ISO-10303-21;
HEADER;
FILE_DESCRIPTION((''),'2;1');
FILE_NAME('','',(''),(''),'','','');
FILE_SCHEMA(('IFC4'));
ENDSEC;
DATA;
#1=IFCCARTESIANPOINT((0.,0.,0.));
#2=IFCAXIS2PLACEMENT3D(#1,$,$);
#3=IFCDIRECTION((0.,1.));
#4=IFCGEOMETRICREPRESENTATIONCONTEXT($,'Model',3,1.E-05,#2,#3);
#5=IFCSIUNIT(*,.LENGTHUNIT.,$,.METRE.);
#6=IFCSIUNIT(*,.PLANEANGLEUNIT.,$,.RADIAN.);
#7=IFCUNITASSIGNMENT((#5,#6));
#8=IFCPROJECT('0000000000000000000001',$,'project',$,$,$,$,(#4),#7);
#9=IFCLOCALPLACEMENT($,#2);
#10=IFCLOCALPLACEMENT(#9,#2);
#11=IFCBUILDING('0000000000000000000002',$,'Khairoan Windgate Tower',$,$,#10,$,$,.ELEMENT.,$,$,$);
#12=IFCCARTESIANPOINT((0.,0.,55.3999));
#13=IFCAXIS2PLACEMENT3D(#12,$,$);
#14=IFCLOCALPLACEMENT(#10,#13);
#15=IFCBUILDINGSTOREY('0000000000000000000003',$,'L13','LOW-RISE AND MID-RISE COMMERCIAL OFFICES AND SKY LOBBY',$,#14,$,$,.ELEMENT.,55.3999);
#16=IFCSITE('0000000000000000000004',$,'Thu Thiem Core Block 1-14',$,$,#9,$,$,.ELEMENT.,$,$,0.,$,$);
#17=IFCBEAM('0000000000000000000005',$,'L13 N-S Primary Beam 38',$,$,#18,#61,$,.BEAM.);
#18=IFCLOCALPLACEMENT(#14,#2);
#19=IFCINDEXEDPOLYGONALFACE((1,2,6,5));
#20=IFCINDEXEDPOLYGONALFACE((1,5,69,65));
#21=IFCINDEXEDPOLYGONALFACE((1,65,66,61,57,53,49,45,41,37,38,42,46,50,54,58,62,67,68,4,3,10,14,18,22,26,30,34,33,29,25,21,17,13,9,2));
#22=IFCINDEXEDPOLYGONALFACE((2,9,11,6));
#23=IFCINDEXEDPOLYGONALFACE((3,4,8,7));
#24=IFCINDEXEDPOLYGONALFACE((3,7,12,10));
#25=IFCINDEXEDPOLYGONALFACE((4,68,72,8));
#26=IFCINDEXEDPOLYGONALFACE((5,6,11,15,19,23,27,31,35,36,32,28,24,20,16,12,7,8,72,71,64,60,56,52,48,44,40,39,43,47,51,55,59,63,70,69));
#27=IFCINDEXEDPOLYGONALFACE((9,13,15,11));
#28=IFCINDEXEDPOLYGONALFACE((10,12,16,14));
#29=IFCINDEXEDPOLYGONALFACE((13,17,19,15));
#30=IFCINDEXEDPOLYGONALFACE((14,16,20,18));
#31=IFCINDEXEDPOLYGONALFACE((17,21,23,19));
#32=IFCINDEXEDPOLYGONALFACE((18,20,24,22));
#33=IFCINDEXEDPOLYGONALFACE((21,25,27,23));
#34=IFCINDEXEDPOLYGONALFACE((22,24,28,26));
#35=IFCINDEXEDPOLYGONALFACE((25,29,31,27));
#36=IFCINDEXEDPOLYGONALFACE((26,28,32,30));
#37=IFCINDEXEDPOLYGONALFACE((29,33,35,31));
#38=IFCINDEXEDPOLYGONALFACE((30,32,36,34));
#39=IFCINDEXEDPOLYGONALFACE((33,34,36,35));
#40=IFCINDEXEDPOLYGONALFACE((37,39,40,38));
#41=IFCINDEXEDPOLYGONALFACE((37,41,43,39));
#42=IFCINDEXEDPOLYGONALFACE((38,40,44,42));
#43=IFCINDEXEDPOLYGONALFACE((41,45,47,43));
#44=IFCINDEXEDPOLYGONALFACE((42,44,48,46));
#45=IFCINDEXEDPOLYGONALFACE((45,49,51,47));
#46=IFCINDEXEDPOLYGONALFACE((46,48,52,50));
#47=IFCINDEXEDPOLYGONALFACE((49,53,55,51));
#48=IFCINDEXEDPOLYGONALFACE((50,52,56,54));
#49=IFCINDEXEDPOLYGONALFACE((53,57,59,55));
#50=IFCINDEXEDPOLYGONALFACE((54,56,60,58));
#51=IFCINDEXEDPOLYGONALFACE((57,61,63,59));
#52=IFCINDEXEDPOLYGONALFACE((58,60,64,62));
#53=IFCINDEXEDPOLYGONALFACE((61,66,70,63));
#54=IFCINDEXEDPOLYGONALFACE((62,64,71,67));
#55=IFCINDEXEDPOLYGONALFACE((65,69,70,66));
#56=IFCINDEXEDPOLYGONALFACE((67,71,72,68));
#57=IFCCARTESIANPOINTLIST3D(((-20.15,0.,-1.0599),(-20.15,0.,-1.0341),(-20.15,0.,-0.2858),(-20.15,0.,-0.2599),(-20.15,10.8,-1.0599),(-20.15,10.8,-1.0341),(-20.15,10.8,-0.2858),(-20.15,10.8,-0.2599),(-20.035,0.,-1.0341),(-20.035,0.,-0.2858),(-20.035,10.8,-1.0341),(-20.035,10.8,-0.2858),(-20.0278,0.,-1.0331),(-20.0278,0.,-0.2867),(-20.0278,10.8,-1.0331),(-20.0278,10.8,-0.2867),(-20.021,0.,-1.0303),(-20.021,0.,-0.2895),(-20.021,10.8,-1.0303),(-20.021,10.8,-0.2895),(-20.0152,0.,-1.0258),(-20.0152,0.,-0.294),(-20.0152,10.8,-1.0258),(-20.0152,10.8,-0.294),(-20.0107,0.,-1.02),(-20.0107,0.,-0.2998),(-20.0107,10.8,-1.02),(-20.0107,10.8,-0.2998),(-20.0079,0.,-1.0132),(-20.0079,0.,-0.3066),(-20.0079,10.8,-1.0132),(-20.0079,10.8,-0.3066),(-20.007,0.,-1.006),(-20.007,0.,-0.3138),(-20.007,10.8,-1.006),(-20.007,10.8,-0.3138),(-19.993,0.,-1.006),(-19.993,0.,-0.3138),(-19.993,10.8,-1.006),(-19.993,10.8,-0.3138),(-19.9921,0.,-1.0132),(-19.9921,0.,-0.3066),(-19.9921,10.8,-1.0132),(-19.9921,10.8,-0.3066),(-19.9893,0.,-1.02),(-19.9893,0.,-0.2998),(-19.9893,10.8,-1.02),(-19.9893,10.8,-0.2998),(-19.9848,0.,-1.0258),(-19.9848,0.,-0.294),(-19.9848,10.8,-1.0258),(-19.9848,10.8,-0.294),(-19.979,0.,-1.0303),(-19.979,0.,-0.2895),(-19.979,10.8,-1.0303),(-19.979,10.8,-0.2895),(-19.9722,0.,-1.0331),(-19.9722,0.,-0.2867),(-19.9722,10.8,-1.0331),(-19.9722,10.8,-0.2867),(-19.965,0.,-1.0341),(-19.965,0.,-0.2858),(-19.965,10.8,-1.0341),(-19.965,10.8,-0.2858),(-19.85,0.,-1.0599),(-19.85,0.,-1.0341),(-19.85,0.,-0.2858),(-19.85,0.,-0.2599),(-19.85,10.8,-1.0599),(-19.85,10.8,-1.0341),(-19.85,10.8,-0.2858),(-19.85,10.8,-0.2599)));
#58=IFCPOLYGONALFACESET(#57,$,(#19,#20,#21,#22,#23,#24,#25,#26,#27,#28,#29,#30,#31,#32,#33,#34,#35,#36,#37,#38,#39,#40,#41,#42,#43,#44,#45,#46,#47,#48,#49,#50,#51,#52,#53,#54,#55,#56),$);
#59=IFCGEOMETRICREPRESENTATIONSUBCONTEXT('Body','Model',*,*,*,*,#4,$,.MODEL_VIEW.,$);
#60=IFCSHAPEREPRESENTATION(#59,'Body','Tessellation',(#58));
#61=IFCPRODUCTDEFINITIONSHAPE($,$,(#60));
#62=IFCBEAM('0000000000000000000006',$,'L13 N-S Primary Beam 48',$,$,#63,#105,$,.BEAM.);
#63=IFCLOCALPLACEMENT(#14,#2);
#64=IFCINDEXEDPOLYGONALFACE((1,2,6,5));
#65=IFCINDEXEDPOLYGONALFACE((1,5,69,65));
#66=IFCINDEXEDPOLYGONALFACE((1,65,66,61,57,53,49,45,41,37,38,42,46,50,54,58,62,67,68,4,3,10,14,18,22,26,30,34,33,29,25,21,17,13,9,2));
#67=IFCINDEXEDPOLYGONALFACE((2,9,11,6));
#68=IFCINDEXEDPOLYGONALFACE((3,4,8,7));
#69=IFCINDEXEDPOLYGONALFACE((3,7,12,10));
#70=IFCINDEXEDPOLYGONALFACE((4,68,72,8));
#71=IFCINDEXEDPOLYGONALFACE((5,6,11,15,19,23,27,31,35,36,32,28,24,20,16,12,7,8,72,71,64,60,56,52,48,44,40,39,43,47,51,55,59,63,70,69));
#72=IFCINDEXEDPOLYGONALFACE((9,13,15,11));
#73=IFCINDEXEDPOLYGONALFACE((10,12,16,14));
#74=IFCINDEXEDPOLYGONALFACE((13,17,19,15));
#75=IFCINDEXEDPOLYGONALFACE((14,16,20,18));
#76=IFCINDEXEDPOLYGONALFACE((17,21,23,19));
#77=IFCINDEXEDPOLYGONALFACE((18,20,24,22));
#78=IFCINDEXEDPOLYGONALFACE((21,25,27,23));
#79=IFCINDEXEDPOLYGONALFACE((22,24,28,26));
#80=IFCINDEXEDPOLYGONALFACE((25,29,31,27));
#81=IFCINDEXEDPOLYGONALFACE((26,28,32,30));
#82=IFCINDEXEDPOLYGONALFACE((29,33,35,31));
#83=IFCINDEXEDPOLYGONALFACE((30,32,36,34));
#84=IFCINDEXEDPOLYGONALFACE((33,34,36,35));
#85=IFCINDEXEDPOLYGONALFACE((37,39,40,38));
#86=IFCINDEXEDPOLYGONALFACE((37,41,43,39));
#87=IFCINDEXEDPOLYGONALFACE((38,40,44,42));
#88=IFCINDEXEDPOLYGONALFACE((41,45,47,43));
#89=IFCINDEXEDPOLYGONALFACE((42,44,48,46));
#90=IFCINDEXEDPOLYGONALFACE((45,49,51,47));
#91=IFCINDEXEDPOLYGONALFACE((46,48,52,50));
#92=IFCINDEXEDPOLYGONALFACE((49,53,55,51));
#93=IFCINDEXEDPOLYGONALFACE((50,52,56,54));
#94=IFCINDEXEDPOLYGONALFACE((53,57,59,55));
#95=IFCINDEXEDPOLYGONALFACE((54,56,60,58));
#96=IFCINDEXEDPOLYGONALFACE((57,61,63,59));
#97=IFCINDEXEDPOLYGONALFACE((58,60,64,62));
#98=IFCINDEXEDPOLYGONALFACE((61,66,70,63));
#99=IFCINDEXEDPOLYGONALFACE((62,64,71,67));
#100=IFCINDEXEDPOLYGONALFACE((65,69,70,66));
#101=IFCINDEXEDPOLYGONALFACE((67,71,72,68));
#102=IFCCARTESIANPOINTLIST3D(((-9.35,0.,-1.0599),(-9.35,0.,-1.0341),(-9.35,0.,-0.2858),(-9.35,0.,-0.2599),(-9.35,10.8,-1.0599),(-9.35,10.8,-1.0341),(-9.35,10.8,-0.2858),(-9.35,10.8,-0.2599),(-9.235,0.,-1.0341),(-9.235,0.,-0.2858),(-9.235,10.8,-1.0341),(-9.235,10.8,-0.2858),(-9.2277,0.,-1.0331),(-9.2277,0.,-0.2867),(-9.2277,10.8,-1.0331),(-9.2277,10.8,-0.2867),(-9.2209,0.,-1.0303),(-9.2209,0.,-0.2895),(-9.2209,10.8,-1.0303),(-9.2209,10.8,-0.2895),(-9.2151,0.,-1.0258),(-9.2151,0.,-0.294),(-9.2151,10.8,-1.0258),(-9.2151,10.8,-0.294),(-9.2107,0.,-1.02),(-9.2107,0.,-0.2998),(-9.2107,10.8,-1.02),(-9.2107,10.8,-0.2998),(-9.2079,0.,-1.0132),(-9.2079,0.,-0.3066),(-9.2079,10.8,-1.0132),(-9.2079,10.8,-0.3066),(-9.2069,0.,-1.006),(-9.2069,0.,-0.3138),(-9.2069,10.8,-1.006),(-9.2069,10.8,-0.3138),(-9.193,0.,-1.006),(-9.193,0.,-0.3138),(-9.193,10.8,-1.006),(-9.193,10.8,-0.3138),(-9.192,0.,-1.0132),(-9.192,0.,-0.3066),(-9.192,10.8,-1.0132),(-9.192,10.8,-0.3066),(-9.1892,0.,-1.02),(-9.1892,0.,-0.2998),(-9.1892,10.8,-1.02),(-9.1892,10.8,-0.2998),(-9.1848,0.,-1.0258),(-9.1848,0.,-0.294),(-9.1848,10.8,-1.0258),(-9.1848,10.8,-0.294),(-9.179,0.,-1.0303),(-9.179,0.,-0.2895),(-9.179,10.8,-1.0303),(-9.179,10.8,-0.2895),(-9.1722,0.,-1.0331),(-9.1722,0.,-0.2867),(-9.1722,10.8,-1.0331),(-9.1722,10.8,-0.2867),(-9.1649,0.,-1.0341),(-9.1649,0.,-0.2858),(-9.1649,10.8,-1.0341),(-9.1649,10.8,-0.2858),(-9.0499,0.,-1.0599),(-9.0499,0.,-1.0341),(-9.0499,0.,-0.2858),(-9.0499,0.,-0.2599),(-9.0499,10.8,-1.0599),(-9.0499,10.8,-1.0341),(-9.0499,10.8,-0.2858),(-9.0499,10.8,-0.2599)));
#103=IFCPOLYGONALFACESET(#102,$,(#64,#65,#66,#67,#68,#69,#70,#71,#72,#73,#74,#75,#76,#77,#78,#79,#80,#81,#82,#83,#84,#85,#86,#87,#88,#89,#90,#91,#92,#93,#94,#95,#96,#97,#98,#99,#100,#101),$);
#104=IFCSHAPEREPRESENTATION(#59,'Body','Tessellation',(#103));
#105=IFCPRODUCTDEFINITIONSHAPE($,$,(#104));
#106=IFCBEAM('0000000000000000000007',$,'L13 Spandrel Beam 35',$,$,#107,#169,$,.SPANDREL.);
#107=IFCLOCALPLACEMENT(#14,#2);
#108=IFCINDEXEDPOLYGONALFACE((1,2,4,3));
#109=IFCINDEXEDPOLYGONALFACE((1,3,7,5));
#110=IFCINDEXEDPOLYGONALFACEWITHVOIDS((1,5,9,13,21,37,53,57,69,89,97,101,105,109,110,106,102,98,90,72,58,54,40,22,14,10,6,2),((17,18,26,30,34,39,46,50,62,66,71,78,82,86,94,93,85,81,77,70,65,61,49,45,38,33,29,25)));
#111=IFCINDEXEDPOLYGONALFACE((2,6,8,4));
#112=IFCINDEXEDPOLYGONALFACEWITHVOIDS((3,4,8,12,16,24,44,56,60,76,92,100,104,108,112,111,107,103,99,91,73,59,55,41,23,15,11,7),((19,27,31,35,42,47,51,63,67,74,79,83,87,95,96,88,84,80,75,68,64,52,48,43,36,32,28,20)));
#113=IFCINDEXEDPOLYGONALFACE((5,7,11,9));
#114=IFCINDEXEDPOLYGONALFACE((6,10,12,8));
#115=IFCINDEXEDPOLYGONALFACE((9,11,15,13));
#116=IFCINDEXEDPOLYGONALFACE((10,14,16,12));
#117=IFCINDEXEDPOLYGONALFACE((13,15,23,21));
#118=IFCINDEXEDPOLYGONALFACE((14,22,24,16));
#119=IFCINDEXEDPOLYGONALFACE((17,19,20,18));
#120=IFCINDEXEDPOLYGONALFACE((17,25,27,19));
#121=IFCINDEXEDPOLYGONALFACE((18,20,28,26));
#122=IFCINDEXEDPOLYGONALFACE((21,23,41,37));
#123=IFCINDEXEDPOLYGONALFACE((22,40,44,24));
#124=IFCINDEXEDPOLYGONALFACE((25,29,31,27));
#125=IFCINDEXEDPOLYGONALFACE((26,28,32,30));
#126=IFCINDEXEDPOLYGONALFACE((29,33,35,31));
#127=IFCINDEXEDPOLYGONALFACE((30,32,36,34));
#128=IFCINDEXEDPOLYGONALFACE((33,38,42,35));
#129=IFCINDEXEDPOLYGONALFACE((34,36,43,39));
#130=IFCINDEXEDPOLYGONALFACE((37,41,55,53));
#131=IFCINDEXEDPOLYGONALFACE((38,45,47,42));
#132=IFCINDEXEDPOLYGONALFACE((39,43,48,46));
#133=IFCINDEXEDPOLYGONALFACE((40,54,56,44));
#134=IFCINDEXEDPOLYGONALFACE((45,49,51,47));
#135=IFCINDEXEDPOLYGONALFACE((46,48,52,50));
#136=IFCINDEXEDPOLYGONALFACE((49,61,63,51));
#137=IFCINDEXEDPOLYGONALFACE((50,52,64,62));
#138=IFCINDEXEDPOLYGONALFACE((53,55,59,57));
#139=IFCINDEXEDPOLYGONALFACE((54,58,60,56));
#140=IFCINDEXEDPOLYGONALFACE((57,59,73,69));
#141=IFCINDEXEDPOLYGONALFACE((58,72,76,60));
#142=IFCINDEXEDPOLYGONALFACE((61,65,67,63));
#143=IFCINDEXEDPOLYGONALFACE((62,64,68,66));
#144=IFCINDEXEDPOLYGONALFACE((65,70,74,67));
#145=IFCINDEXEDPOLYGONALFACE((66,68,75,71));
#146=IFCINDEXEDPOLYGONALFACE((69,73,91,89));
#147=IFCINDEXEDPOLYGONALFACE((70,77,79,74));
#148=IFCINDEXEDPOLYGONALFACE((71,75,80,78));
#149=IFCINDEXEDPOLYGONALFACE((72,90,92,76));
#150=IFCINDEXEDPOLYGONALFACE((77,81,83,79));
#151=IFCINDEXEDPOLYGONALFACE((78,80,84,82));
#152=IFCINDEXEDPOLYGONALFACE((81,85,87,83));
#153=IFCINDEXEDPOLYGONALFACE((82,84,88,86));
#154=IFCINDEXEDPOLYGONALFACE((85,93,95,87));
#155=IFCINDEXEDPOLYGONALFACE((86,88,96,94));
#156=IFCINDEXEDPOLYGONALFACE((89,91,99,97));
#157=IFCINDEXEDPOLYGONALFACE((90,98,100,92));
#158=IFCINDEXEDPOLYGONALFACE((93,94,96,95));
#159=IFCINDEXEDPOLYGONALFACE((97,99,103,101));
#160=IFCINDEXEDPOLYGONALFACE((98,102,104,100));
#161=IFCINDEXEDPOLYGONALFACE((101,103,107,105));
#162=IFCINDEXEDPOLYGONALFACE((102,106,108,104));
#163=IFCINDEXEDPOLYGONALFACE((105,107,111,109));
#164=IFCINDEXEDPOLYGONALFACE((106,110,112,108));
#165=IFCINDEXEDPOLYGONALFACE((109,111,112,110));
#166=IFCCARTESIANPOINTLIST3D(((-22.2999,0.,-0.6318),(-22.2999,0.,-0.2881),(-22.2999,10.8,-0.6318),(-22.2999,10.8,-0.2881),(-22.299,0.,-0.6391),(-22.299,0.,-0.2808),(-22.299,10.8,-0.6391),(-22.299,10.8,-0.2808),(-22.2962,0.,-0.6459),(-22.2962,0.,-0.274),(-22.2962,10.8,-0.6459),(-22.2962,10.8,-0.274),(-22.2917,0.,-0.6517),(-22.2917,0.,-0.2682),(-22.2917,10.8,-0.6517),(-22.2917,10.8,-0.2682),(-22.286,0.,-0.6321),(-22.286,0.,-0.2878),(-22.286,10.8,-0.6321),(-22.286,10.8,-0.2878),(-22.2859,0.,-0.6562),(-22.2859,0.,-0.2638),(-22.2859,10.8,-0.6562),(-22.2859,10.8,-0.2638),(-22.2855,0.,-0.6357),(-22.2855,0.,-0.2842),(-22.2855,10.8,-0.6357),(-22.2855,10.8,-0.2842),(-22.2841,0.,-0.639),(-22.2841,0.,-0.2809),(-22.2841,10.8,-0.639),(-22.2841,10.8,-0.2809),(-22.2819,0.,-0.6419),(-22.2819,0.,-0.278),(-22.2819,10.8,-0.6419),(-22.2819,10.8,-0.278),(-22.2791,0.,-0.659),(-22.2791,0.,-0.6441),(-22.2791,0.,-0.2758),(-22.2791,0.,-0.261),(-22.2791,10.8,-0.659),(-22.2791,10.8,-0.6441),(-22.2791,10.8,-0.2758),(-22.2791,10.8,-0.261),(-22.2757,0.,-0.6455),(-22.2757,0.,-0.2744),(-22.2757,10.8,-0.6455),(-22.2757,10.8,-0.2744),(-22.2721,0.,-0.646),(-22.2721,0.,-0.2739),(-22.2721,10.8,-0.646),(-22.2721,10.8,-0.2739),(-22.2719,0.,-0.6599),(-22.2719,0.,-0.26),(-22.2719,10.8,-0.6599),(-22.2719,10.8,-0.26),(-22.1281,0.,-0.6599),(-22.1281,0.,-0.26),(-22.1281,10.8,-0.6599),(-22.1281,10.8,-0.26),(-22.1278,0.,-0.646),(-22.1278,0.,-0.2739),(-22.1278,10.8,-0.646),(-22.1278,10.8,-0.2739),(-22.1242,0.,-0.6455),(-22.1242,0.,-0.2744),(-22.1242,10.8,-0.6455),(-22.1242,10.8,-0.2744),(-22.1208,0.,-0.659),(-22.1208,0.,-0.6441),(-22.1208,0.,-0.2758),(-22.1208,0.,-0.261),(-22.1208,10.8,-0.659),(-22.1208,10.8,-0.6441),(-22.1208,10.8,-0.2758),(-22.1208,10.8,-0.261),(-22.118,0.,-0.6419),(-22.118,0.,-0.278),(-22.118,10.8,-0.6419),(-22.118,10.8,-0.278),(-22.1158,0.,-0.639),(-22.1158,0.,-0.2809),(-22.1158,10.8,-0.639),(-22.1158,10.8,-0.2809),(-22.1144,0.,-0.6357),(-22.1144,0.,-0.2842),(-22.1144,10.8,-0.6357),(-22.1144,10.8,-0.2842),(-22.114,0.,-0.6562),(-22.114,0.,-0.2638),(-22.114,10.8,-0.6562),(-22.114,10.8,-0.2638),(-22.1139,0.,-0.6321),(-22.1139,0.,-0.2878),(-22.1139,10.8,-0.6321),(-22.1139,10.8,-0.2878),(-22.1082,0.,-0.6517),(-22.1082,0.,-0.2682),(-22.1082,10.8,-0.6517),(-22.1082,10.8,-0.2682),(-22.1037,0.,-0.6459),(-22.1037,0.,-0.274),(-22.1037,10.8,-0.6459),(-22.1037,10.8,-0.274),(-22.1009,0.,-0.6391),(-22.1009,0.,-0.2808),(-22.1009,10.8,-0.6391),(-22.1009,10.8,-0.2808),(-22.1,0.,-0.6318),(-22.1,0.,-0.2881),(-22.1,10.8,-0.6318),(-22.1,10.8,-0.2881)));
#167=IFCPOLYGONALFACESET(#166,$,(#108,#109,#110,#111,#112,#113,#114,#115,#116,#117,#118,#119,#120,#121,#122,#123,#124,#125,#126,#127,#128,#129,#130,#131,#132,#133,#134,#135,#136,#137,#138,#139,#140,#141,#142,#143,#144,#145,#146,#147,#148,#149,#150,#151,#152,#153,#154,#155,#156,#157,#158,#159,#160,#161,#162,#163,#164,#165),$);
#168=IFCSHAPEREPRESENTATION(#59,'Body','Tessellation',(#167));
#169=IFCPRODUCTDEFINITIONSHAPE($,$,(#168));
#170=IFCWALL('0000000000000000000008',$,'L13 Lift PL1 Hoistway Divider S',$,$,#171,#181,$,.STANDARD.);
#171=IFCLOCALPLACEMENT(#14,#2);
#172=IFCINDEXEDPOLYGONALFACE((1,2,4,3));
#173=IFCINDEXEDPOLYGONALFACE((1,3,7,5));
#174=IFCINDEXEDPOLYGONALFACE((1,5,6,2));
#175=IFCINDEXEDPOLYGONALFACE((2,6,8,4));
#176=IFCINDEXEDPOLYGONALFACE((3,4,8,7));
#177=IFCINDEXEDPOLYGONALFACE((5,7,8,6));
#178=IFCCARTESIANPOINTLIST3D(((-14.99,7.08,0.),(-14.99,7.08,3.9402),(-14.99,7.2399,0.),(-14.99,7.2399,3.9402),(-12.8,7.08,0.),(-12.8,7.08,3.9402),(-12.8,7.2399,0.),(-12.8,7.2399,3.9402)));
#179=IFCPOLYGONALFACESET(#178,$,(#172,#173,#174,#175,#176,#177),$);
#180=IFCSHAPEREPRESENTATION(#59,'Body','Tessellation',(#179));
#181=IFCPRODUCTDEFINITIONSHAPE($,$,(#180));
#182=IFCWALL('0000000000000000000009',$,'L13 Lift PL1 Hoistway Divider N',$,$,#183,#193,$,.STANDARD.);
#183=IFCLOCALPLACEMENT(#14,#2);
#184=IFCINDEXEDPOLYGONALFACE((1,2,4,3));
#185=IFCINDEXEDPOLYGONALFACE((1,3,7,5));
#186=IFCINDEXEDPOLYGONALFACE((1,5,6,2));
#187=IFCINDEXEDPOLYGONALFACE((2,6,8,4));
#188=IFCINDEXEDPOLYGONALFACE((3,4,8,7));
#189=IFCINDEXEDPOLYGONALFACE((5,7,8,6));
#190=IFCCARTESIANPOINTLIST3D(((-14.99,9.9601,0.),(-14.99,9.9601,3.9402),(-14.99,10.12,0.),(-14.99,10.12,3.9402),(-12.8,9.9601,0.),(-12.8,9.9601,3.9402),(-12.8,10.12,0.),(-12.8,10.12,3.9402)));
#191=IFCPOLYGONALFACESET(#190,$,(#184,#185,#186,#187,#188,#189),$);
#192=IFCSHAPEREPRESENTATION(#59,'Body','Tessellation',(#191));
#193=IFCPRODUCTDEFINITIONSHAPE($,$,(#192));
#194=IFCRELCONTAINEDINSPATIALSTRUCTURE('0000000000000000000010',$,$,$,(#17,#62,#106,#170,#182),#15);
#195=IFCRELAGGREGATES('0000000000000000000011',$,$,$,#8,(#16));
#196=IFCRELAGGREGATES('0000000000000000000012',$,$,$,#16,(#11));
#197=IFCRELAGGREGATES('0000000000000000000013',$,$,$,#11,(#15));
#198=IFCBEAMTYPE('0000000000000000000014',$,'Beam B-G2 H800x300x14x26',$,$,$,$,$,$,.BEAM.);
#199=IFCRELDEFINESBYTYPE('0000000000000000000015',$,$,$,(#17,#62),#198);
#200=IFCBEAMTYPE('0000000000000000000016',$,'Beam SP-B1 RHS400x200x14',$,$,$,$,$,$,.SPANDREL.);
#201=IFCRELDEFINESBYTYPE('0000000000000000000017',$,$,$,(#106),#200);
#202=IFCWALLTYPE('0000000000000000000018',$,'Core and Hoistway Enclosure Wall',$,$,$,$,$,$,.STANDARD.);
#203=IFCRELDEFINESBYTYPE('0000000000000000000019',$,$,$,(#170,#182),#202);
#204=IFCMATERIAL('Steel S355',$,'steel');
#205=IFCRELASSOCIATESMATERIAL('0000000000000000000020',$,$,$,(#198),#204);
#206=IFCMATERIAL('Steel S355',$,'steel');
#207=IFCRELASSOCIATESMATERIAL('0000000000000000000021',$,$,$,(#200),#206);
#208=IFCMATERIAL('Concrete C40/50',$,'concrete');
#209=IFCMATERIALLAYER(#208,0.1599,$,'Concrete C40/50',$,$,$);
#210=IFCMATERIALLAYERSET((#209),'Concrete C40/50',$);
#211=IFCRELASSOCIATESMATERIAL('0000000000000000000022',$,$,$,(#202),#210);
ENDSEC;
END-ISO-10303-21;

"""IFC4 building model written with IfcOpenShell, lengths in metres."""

from ifc_helpers import new_model, si_unit, direction, frame, frame_2d, origin, origin_2d, place, context, subcontext, project, spatial, rectangle, hollow_rectangle, i_section, extrude, material, layer, layer_set, material_profile, profile_set, type_object, element, save


model = new_model("IFC4")

# Units and contexts
model_context = context("Model", 3, precision=1e-05, world=origin(), true_north=direction((0.0, 1.0)))
body_context = subcontext(model_context, "Body", "Model", "MODEL_VIEW")
ifc_project = project(units=[si_unit("LENGTHUNIT", "METRE"), si_unit("PLANEANGLEUNIT", "RADIAN")], contexts=[model_context])

# Site, building, storey
site_placement = place(None, origin())
site = spatial("IfcSite", under=ifc_project, at=site_placement, Name="Thu Thiem Core Block 1-14", CompositionType="ELEMENT", RefElevation=0.0)
building_placement = place(site_placement, origin())
building = spatial("IfcBuilding", under=site, at=building_placement, Name="Khairoan Windgate Tower", CompositionType="ELEMENT")
storey_placement = place(building_placement, frame((0.0, 0.0, 55.3999)))
storey = spatial("IfcBuildingStorey", under=building, at=storey_placement, Name="L13", Description="LOW-RISE AND MID-RISE COMMERCIAL OFFICES AND SKY LOBBY", CompositionType="ELEMENT", Elevation=55.3999)

# Beams
ifc_material_1 = material(Name="Steel S355", Category="steel")
ifc_material_profile_1 = material_profile(ifc_material_1, i_section(OverallWidth=0.3, OverallDepth=0.8, WebThickness=0.0139, FlangeThickness=0.0259, FilletRadius=0.0281, at=origin_2d()))
ifc_profile_set_1 = profile_set([ifc_material_profile_1], Name="Steel S355")
beam_type_1 = type_object("IfcBeamType", Name="Beam B-G2 H800x300x14x26", PredefinedType="BEAM", material=ifc_profile_set_1)
for number, where, z_axis, x_axis, name in (
    (1, (-20.0, 0.0, -0.6599), (0.0, 1.0, 0.0), (-1.0, 0.0, 0.0), "L13 N-S Primary Beam 38"),
    (2, (-9.2, 0.0, -0.6599), (0.0, 1.0, 0.0), (-1.0, 0.0, 0.0), "L13 N-S Primary Beam 48"),
):
    element("IfcBeam", number, at=place(storey_placement, frame(where, z_axis=z_axis, x_axis=x_axis)), inside=storey, type_object=beam_type_1, Name=name, PredefinedType="BEAM", context=body_context, shape_type="SweptSolid", body=[
        extrude(i_section(OverallWidth=0.3, OverallDepth=0.8, WebThickness=0.0139, FlangeThickness=0.0259, FilletRadius=0.0281, at=origin_2d()), origin(), (0.0, 0.0, 1.0), 10.8),
    ])
ifc_material_2 = material(Name="Steel S355", Category="steel")
ifc_material_profile_2 = material_profile(ifc_material_2, hollow_rectangle(XDim=0.2, YDim=0.3999, WallThickness=0.0139, InnerFilletRadius=0.0139, OuterFilletRadius=0.0281, at=origin_2d()))
ifc_profile_set_2 = profile_set([ifc_material_profile_2], Name="Steel S355")
beam_type_2 = type_object("IfcBeamType", Name="Beam SP-B1 RHS400x200x14", PredefinedType="SPANDREL", material=ifc_profile_set_2)
beam_1_placement = place(storey_placement, frame((-22.2, 0.0, -0.46), z_axis=(0.0, 1.0, 0.0), x_axis=(-1.0, 0.0, 0.0)))
element("IfcBeam", 3, at=beam_1_placement, inside=storey, type_object=beam_type_2, Name="L13 Spandrel Beam 35", PredefinedType="SPANDREL", context=body_context, shape_type="SweptSolid", body=[
    extrude(hollow_rectangle(XDim=0.2, YDim=0.3999, WallThickness=0.0139, InnerFilletRadius=0.0139, OuterFilletRadius=0.0281, at=origin_2d()), origin(), (0.0, 0.0, 1.0), 10.8),
])

# Walls
ifc_material_3 = material(Name="Concrete C40/50", Category="concrete")
ifc_layer_1 = layer(ifc_material_3, 0.1599, Name="Concrete C40/50")
ifc_layer_set_1 = layer_set([ifc_layer_1], Name="Concrete C40/50")
wall_type_1 = type_object("IfcWallType", Name="Core and Hoistway Enclosure Wall", PredefinedType="STANDARD", material=ifc_layer_set_1)
for number, where, z_axis, x_axis, name in (
    (4, (-14.99, 7.1599, 0.0), (0.0, 0.0, 1.0), (1.0, 0.0, 0.0), "L13 Lift PL1 Hoistway Divider S"),
    (5, (-14.99, 10.04, 0.0), (0.0, 0.0, 1.0), (1.0, 0.0, 0.0), "L13 Lift PL1 Hoistway Divider N"),
):
    element("IfcWall", number, at=place(storey_placement, frame(where, z_axis=z_axis, x_axis=x_axis)), inside=storey, type_object=wall_type_1, Name=name, PredefinedType="STANDARD", context=body_context, shape_type="SweptSolid", body=[
        extrude(rectangle(XDim=2.1899, YDim=0.1599, at=frame_2d((1.095, 0.0))), origin(), (0.0, 0.0, 1.0), 3.9402),
    ])

save(model, "model.ifc")
